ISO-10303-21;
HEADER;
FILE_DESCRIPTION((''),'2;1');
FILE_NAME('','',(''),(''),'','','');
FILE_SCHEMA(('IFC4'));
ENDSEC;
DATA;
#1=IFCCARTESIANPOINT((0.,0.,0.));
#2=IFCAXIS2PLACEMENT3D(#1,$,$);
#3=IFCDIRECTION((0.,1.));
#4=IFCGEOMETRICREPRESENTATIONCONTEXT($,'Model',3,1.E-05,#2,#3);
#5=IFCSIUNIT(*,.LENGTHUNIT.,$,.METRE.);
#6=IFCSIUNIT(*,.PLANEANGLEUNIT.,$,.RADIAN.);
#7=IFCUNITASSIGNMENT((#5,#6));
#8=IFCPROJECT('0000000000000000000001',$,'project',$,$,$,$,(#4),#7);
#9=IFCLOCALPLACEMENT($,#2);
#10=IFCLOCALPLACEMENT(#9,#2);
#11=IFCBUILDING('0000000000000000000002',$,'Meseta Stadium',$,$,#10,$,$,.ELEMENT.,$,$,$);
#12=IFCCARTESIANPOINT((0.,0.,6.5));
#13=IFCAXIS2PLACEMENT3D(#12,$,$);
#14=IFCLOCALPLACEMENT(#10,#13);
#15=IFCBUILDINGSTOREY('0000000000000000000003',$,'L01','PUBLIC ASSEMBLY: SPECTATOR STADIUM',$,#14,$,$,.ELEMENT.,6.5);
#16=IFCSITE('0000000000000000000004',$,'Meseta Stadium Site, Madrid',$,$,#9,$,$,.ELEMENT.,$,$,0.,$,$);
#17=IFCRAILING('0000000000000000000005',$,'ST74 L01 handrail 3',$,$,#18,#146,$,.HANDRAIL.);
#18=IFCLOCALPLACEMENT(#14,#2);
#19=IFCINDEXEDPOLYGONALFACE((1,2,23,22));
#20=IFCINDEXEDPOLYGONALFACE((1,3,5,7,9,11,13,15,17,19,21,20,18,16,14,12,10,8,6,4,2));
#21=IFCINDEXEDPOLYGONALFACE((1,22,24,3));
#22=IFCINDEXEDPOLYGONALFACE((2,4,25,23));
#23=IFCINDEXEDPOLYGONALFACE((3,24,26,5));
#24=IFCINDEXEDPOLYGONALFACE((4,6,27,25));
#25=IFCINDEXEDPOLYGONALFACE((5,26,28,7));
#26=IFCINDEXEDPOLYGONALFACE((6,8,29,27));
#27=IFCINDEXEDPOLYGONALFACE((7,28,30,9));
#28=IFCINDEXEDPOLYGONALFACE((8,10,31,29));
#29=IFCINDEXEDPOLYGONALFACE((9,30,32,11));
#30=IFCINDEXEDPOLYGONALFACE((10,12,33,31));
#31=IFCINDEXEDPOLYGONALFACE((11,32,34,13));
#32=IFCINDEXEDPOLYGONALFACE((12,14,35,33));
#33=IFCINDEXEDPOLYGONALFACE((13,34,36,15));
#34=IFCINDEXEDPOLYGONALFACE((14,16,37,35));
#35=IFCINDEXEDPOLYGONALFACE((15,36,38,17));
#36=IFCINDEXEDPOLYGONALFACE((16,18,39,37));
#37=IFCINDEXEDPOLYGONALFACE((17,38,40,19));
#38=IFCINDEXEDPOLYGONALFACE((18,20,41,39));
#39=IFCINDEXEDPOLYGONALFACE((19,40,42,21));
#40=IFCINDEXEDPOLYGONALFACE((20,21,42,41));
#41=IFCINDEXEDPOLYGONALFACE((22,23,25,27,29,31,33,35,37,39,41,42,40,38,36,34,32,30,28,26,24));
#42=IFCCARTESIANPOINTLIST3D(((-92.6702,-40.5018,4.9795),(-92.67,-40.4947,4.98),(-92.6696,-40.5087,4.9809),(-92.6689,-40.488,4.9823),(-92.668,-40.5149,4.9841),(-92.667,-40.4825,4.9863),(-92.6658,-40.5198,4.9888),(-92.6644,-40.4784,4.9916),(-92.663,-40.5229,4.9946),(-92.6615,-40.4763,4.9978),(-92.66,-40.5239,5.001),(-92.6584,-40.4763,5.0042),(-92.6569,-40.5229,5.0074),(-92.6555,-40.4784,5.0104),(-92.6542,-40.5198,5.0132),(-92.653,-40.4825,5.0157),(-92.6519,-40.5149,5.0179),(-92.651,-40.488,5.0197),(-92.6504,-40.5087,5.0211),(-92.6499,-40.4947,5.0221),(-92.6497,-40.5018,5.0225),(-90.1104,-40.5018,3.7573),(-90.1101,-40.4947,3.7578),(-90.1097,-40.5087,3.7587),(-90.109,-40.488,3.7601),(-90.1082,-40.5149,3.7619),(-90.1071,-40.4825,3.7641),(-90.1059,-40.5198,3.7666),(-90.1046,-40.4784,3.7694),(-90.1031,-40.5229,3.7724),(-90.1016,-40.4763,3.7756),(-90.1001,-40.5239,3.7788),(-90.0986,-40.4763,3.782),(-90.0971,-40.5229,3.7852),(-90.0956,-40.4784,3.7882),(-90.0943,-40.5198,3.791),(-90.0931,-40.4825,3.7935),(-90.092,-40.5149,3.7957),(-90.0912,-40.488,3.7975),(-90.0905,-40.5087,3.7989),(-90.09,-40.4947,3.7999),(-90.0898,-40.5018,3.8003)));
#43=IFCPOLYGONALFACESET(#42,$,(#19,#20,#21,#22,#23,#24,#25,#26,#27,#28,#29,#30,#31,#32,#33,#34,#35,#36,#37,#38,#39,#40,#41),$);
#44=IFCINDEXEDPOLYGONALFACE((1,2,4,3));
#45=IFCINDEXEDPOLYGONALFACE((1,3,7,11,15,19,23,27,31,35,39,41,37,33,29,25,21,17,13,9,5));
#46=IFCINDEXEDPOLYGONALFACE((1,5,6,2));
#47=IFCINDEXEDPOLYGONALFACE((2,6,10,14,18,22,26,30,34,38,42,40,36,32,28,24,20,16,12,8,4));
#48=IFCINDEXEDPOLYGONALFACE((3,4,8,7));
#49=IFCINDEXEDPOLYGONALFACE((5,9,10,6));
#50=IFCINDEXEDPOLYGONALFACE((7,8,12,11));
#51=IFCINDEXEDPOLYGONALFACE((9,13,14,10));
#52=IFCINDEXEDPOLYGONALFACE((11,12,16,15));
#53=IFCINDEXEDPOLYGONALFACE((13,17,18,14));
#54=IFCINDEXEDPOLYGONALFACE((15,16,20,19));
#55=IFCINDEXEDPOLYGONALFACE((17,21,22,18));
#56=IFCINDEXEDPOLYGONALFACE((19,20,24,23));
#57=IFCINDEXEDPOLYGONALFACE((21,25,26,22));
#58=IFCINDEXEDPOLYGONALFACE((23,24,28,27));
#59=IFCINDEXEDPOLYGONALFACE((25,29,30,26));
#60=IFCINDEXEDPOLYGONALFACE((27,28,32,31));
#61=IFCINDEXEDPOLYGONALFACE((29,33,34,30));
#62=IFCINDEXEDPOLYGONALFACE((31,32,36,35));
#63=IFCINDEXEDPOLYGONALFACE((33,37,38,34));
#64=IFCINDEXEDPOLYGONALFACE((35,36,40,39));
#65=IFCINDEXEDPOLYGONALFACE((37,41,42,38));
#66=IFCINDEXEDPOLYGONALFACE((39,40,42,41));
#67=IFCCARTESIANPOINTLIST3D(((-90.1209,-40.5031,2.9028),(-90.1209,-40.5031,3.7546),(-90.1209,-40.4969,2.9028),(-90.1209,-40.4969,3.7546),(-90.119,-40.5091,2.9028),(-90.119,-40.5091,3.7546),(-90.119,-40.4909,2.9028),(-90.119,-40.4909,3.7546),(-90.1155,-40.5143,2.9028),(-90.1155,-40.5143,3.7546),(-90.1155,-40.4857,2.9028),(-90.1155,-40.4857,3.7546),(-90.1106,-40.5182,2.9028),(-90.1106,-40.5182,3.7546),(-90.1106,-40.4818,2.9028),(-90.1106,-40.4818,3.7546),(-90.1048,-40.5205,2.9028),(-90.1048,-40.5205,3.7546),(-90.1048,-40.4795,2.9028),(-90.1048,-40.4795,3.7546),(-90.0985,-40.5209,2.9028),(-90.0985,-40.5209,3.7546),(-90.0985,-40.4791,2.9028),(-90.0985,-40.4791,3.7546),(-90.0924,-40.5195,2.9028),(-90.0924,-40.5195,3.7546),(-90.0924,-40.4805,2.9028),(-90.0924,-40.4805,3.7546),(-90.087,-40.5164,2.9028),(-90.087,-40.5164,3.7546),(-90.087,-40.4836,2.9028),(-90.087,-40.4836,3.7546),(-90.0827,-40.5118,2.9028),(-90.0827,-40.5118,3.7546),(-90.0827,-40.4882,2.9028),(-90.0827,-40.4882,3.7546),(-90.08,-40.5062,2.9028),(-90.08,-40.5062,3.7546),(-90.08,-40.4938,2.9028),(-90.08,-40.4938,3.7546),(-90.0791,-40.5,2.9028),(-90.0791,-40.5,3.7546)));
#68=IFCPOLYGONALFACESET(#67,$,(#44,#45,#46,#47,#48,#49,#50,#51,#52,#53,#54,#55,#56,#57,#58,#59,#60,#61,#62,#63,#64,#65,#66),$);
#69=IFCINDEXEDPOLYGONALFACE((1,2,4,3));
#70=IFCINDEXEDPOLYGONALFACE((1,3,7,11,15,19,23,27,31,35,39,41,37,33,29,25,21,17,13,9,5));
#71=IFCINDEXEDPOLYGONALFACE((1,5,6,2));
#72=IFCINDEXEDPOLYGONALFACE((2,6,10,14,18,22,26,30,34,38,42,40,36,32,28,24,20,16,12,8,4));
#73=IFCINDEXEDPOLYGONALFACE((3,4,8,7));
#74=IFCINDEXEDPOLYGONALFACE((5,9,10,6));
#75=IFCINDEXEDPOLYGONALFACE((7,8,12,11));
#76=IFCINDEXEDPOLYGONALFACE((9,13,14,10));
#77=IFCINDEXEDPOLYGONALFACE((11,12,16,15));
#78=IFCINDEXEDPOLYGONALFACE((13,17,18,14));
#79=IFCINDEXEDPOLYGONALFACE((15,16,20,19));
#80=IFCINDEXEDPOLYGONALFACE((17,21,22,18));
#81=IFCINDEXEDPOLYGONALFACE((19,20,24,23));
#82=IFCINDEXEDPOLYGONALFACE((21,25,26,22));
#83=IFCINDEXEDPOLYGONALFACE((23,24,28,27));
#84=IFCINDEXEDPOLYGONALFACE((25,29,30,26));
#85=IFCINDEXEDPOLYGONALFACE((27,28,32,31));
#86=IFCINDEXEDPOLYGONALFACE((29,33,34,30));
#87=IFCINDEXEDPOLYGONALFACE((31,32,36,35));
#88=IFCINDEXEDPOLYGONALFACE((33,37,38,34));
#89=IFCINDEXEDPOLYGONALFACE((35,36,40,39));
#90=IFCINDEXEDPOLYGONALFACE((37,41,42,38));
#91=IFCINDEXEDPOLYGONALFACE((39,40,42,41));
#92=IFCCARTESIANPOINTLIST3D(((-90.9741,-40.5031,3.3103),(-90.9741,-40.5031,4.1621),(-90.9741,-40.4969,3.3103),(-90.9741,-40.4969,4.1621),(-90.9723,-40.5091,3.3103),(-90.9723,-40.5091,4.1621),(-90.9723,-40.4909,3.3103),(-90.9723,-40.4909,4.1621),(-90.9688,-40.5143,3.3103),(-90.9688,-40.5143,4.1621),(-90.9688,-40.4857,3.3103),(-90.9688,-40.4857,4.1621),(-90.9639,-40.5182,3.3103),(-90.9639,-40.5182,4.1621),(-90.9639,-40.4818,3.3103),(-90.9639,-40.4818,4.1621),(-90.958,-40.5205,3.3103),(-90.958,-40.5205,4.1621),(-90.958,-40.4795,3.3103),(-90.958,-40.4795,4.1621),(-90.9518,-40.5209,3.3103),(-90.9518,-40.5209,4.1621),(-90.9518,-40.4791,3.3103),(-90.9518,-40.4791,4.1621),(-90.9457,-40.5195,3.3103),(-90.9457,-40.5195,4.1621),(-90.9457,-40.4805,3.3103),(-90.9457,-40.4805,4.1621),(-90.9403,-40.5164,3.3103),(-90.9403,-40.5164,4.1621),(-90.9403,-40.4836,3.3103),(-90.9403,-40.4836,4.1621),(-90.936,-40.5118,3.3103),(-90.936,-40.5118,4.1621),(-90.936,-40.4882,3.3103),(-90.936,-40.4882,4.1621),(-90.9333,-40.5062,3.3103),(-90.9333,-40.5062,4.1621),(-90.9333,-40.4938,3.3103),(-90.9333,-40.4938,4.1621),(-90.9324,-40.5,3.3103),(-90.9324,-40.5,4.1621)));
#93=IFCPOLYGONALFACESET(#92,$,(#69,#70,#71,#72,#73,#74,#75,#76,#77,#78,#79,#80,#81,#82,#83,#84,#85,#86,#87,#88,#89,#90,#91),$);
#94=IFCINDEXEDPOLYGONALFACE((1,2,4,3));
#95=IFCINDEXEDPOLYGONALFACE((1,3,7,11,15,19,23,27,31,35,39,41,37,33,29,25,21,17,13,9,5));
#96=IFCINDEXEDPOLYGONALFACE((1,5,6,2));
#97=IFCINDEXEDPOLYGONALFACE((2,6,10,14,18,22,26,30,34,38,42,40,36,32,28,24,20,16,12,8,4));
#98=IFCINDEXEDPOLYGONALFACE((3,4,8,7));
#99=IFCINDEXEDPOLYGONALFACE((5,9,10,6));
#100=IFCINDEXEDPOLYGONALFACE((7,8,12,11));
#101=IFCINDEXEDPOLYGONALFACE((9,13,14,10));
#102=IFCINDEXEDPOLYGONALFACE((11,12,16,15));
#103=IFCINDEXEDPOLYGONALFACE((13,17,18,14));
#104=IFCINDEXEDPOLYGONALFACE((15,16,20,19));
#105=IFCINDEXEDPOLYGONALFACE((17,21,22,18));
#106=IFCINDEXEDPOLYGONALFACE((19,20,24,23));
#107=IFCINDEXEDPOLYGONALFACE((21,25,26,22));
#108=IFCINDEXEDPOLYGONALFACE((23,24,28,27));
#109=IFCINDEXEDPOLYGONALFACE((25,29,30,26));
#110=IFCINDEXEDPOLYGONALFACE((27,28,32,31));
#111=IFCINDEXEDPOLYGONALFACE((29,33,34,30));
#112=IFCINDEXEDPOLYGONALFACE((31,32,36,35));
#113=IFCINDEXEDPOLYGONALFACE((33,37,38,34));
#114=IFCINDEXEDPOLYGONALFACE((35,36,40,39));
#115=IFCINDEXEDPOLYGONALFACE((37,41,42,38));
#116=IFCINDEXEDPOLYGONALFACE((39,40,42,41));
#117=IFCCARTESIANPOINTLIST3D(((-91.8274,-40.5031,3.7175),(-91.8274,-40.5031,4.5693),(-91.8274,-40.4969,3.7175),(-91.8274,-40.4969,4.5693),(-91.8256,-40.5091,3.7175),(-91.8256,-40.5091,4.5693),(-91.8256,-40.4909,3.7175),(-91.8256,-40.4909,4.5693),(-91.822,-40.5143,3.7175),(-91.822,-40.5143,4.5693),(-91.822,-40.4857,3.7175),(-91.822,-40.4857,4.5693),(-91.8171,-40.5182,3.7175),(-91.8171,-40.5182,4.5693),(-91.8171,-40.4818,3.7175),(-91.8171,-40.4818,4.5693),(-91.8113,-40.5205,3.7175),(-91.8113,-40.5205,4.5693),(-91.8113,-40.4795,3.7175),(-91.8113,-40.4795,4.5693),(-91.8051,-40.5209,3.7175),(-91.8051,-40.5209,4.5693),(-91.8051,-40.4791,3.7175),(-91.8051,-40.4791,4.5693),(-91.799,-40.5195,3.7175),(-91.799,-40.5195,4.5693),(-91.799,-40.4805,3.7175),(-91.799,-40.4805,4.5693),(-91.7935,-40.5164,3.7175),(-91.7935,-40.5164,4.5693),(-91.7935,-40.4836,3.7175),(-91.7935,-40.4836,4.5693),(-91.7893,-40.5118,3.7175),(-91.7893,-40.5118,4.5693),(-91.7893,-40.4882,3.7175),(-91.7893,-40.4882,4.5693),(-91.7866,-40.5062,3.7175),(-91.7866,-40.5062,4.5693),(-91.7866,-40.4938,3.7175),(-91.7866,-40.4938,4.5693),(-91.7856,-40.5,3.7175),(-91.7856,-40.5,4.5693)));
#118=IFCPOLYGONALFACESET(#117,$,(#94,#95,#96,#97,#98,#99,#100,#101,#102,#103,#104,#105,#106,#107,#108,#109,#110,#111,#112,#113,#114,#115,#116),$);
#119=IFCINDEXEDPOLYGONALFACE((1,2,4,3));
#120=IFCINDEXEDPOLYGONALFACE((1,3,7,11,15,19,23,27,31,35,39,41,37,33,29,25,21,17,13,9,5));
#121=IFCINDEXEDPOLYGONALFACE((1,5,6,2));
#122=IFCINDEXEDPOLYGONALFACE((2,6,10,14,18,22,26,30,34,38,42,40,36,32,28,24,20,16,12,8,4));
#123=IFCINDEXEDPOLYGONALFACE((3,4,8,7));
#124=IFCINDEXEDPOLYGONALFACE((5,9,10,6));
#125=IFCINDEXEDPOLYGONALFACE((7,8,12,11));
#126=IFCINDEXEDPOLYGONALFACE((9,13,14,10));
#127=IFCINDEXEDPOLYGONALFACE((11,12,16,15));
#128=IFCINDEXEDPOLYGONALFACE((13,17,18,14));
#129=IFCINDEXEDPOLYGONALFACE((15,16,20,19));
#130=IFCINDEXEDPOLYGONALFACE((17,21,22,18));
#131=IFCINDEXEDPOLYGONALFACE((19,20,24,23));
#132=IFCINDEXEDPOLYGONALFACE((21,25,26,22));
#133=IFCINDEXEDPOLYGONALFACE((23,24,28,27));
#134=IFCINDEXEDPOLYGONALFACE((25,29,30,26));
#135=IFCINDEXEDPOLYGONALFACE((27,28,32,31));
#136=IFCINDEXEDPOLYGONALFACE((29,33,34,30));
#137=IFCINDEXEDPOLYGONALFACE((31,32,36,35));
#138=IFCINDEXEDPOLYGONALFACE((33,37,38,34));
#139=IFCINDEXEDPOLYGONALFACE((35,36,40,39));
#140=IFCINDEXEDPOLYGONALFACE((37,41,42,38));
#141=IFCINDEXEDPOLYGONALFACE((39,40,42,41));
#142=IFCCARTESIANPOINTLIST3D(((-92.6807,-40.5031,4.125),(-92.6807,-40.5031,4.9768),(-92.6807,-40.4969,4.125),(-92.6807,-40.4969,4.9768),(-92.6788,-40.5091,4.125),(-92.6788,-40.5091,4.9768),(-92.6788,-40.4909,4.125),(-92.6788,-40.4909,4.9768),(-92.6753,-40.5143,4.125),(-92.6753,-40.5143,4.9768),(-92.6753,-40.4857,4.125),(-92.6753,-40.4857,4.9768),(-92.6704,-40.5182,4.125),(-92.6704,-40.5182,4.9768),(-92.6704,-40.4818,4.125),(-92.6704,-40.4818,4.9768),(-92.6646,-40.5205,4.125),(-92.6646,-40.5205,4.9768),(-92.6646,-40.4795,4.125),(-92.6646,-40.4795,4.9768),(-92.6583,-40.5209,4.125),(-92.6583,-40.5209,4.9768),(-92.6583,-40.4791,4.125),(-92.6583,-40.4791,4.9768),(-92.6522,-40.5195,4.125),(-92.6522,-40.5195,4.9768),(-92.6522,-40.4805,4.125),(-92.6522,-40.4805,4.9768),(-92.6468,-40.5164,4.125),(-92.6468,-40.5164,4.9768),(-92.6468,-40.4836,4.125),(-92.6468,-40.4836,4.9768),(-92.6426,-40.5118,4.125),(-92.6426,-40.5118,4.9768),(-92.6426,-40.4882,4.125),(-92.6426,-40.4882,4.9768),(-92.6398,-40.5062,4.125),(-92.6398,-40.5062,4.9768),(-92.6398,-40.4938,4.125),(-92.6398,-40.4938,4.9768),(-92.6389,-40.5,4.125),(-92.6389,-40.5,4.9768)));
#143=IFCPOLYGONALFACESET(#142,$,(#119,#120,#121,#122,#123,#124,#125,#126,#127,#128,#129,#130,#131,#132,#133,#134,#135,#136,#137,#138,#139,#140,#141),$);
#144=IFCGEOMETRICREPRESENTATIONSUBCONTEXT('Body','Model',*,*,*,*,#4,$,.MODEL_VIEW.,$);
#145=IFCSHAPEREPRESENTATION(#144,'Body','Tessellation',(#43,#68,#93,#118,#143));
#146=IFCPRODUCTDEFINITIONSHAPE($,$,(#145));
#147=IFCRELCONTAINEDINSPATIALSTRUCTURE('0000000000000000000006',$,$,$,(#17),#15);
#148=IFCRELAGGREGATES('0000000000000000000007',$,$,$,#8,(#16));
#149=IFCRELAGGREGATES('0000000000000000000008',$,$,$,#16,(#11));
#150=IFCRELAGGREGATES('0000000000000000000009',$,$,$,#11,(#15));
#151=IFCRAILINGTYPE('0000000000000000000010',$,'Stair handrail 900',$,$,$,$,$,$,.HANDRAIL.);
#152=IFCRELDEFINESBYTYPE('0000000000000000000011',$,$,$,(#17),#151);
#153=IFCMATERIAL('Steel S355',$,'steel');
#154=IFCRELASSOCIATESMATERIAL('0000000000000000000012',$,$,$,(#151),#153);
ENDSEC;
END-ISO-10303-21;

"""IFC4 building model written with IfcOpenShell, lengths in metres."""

from ifc_helpers import new_model, si_unit, direction, frame, origin, origin_2d, place, context, subcontext, project, spatial, circle, extrude, material, type_object, element, save


model = new_model("IFC4")

# Units and contexts
model_context = context("Model", 3, precision=1e-05, world=origin(), true_north=direction((0.0, 1.0)))
body_context = subcontext(model_context, "Body", "Model", "MODEL_VIEW")
ifc_project = project(units=[si_unit("LENGTHUNIT", "METRE"), si_unit("PLANEANGLEUNIT", "RADIAN")], contexts=[model_context])

# Site, building, storey
site_placement = place(None, origin())
site = spatial("IfcSite", under=ifc_project, at=site_placement, Name="Meseta Stadium Site, Madrid", CompositionType="ELEMENT", RefElevation=0.0)
building_placement = place(site_placement, origin())
building = spatial("IfcBuilding", under=site, at=building_placement, Name="Meseta Stadium", CompositionType="ELEMENT")
storey_placement = place(building_placement, frame((0.0, 0.0, 6.5)))
storey = spatial("IfcBuildingStorey", under=building, at=storey_placement, Name="L01", Description="PUBLIC ASSEMBLY: SPECTATOR STADIUM", CompositionType="ELEMENT", Elevation=6.5)

# Railing
ifc_material_1 = material(Name="Steel S355", Category="steel")
railing_type_1 = type_object("IfcRailingType", Name="Stair handrail 900", PredefinedType="HANDRAIL", material=ifc_material_1)
for number, where, name in (
    (1, (-90.1001, -40.5, 2.9028), "ST74 L01 handrail 3"),
):
    element("IfcRailing", number, at=place(storey_placement, frame(where)), inside=storey, type_object=railing_type_1, Name=name, PredefinedType="HANDRAIL", context=body_context, shape_type="SweptSolid", body=[
        extrude(circle(Radius=0.0239, at=origin_2d()), frame((0.0, 0.0, 0.876), z_axis=(-0.902421, 0.0, 0.430855), x_axis=(0.0, -1.0, 0.0)), (0.0, 0.0, 1.0), 2.8367),
        extrude(circle(Radius=0.021, at=origin_2d()), origin(), (0.0, 0.0, 1.0), 0.8518),
        extrude(circle(Radius=0.021, at=origin_2d()), frame((-0.8533, 0.0, 0.4075)), (0.0, 0.0, 1.0), 0.8518),
        extrude(circle(Radius=0.021, at=origin_2d()), frame((-1.7065, 0.0, 0.8147)), (0.0, 0.0, 1.0), 0.8518),
        extrude(circle(Radius=0.021, at=origin_2d()), frame((-2.5598, 0.0, 1.2222)), (0.0, 0.0, 1.0), 0.8518),
    ])

save(model, "model.ifc")
